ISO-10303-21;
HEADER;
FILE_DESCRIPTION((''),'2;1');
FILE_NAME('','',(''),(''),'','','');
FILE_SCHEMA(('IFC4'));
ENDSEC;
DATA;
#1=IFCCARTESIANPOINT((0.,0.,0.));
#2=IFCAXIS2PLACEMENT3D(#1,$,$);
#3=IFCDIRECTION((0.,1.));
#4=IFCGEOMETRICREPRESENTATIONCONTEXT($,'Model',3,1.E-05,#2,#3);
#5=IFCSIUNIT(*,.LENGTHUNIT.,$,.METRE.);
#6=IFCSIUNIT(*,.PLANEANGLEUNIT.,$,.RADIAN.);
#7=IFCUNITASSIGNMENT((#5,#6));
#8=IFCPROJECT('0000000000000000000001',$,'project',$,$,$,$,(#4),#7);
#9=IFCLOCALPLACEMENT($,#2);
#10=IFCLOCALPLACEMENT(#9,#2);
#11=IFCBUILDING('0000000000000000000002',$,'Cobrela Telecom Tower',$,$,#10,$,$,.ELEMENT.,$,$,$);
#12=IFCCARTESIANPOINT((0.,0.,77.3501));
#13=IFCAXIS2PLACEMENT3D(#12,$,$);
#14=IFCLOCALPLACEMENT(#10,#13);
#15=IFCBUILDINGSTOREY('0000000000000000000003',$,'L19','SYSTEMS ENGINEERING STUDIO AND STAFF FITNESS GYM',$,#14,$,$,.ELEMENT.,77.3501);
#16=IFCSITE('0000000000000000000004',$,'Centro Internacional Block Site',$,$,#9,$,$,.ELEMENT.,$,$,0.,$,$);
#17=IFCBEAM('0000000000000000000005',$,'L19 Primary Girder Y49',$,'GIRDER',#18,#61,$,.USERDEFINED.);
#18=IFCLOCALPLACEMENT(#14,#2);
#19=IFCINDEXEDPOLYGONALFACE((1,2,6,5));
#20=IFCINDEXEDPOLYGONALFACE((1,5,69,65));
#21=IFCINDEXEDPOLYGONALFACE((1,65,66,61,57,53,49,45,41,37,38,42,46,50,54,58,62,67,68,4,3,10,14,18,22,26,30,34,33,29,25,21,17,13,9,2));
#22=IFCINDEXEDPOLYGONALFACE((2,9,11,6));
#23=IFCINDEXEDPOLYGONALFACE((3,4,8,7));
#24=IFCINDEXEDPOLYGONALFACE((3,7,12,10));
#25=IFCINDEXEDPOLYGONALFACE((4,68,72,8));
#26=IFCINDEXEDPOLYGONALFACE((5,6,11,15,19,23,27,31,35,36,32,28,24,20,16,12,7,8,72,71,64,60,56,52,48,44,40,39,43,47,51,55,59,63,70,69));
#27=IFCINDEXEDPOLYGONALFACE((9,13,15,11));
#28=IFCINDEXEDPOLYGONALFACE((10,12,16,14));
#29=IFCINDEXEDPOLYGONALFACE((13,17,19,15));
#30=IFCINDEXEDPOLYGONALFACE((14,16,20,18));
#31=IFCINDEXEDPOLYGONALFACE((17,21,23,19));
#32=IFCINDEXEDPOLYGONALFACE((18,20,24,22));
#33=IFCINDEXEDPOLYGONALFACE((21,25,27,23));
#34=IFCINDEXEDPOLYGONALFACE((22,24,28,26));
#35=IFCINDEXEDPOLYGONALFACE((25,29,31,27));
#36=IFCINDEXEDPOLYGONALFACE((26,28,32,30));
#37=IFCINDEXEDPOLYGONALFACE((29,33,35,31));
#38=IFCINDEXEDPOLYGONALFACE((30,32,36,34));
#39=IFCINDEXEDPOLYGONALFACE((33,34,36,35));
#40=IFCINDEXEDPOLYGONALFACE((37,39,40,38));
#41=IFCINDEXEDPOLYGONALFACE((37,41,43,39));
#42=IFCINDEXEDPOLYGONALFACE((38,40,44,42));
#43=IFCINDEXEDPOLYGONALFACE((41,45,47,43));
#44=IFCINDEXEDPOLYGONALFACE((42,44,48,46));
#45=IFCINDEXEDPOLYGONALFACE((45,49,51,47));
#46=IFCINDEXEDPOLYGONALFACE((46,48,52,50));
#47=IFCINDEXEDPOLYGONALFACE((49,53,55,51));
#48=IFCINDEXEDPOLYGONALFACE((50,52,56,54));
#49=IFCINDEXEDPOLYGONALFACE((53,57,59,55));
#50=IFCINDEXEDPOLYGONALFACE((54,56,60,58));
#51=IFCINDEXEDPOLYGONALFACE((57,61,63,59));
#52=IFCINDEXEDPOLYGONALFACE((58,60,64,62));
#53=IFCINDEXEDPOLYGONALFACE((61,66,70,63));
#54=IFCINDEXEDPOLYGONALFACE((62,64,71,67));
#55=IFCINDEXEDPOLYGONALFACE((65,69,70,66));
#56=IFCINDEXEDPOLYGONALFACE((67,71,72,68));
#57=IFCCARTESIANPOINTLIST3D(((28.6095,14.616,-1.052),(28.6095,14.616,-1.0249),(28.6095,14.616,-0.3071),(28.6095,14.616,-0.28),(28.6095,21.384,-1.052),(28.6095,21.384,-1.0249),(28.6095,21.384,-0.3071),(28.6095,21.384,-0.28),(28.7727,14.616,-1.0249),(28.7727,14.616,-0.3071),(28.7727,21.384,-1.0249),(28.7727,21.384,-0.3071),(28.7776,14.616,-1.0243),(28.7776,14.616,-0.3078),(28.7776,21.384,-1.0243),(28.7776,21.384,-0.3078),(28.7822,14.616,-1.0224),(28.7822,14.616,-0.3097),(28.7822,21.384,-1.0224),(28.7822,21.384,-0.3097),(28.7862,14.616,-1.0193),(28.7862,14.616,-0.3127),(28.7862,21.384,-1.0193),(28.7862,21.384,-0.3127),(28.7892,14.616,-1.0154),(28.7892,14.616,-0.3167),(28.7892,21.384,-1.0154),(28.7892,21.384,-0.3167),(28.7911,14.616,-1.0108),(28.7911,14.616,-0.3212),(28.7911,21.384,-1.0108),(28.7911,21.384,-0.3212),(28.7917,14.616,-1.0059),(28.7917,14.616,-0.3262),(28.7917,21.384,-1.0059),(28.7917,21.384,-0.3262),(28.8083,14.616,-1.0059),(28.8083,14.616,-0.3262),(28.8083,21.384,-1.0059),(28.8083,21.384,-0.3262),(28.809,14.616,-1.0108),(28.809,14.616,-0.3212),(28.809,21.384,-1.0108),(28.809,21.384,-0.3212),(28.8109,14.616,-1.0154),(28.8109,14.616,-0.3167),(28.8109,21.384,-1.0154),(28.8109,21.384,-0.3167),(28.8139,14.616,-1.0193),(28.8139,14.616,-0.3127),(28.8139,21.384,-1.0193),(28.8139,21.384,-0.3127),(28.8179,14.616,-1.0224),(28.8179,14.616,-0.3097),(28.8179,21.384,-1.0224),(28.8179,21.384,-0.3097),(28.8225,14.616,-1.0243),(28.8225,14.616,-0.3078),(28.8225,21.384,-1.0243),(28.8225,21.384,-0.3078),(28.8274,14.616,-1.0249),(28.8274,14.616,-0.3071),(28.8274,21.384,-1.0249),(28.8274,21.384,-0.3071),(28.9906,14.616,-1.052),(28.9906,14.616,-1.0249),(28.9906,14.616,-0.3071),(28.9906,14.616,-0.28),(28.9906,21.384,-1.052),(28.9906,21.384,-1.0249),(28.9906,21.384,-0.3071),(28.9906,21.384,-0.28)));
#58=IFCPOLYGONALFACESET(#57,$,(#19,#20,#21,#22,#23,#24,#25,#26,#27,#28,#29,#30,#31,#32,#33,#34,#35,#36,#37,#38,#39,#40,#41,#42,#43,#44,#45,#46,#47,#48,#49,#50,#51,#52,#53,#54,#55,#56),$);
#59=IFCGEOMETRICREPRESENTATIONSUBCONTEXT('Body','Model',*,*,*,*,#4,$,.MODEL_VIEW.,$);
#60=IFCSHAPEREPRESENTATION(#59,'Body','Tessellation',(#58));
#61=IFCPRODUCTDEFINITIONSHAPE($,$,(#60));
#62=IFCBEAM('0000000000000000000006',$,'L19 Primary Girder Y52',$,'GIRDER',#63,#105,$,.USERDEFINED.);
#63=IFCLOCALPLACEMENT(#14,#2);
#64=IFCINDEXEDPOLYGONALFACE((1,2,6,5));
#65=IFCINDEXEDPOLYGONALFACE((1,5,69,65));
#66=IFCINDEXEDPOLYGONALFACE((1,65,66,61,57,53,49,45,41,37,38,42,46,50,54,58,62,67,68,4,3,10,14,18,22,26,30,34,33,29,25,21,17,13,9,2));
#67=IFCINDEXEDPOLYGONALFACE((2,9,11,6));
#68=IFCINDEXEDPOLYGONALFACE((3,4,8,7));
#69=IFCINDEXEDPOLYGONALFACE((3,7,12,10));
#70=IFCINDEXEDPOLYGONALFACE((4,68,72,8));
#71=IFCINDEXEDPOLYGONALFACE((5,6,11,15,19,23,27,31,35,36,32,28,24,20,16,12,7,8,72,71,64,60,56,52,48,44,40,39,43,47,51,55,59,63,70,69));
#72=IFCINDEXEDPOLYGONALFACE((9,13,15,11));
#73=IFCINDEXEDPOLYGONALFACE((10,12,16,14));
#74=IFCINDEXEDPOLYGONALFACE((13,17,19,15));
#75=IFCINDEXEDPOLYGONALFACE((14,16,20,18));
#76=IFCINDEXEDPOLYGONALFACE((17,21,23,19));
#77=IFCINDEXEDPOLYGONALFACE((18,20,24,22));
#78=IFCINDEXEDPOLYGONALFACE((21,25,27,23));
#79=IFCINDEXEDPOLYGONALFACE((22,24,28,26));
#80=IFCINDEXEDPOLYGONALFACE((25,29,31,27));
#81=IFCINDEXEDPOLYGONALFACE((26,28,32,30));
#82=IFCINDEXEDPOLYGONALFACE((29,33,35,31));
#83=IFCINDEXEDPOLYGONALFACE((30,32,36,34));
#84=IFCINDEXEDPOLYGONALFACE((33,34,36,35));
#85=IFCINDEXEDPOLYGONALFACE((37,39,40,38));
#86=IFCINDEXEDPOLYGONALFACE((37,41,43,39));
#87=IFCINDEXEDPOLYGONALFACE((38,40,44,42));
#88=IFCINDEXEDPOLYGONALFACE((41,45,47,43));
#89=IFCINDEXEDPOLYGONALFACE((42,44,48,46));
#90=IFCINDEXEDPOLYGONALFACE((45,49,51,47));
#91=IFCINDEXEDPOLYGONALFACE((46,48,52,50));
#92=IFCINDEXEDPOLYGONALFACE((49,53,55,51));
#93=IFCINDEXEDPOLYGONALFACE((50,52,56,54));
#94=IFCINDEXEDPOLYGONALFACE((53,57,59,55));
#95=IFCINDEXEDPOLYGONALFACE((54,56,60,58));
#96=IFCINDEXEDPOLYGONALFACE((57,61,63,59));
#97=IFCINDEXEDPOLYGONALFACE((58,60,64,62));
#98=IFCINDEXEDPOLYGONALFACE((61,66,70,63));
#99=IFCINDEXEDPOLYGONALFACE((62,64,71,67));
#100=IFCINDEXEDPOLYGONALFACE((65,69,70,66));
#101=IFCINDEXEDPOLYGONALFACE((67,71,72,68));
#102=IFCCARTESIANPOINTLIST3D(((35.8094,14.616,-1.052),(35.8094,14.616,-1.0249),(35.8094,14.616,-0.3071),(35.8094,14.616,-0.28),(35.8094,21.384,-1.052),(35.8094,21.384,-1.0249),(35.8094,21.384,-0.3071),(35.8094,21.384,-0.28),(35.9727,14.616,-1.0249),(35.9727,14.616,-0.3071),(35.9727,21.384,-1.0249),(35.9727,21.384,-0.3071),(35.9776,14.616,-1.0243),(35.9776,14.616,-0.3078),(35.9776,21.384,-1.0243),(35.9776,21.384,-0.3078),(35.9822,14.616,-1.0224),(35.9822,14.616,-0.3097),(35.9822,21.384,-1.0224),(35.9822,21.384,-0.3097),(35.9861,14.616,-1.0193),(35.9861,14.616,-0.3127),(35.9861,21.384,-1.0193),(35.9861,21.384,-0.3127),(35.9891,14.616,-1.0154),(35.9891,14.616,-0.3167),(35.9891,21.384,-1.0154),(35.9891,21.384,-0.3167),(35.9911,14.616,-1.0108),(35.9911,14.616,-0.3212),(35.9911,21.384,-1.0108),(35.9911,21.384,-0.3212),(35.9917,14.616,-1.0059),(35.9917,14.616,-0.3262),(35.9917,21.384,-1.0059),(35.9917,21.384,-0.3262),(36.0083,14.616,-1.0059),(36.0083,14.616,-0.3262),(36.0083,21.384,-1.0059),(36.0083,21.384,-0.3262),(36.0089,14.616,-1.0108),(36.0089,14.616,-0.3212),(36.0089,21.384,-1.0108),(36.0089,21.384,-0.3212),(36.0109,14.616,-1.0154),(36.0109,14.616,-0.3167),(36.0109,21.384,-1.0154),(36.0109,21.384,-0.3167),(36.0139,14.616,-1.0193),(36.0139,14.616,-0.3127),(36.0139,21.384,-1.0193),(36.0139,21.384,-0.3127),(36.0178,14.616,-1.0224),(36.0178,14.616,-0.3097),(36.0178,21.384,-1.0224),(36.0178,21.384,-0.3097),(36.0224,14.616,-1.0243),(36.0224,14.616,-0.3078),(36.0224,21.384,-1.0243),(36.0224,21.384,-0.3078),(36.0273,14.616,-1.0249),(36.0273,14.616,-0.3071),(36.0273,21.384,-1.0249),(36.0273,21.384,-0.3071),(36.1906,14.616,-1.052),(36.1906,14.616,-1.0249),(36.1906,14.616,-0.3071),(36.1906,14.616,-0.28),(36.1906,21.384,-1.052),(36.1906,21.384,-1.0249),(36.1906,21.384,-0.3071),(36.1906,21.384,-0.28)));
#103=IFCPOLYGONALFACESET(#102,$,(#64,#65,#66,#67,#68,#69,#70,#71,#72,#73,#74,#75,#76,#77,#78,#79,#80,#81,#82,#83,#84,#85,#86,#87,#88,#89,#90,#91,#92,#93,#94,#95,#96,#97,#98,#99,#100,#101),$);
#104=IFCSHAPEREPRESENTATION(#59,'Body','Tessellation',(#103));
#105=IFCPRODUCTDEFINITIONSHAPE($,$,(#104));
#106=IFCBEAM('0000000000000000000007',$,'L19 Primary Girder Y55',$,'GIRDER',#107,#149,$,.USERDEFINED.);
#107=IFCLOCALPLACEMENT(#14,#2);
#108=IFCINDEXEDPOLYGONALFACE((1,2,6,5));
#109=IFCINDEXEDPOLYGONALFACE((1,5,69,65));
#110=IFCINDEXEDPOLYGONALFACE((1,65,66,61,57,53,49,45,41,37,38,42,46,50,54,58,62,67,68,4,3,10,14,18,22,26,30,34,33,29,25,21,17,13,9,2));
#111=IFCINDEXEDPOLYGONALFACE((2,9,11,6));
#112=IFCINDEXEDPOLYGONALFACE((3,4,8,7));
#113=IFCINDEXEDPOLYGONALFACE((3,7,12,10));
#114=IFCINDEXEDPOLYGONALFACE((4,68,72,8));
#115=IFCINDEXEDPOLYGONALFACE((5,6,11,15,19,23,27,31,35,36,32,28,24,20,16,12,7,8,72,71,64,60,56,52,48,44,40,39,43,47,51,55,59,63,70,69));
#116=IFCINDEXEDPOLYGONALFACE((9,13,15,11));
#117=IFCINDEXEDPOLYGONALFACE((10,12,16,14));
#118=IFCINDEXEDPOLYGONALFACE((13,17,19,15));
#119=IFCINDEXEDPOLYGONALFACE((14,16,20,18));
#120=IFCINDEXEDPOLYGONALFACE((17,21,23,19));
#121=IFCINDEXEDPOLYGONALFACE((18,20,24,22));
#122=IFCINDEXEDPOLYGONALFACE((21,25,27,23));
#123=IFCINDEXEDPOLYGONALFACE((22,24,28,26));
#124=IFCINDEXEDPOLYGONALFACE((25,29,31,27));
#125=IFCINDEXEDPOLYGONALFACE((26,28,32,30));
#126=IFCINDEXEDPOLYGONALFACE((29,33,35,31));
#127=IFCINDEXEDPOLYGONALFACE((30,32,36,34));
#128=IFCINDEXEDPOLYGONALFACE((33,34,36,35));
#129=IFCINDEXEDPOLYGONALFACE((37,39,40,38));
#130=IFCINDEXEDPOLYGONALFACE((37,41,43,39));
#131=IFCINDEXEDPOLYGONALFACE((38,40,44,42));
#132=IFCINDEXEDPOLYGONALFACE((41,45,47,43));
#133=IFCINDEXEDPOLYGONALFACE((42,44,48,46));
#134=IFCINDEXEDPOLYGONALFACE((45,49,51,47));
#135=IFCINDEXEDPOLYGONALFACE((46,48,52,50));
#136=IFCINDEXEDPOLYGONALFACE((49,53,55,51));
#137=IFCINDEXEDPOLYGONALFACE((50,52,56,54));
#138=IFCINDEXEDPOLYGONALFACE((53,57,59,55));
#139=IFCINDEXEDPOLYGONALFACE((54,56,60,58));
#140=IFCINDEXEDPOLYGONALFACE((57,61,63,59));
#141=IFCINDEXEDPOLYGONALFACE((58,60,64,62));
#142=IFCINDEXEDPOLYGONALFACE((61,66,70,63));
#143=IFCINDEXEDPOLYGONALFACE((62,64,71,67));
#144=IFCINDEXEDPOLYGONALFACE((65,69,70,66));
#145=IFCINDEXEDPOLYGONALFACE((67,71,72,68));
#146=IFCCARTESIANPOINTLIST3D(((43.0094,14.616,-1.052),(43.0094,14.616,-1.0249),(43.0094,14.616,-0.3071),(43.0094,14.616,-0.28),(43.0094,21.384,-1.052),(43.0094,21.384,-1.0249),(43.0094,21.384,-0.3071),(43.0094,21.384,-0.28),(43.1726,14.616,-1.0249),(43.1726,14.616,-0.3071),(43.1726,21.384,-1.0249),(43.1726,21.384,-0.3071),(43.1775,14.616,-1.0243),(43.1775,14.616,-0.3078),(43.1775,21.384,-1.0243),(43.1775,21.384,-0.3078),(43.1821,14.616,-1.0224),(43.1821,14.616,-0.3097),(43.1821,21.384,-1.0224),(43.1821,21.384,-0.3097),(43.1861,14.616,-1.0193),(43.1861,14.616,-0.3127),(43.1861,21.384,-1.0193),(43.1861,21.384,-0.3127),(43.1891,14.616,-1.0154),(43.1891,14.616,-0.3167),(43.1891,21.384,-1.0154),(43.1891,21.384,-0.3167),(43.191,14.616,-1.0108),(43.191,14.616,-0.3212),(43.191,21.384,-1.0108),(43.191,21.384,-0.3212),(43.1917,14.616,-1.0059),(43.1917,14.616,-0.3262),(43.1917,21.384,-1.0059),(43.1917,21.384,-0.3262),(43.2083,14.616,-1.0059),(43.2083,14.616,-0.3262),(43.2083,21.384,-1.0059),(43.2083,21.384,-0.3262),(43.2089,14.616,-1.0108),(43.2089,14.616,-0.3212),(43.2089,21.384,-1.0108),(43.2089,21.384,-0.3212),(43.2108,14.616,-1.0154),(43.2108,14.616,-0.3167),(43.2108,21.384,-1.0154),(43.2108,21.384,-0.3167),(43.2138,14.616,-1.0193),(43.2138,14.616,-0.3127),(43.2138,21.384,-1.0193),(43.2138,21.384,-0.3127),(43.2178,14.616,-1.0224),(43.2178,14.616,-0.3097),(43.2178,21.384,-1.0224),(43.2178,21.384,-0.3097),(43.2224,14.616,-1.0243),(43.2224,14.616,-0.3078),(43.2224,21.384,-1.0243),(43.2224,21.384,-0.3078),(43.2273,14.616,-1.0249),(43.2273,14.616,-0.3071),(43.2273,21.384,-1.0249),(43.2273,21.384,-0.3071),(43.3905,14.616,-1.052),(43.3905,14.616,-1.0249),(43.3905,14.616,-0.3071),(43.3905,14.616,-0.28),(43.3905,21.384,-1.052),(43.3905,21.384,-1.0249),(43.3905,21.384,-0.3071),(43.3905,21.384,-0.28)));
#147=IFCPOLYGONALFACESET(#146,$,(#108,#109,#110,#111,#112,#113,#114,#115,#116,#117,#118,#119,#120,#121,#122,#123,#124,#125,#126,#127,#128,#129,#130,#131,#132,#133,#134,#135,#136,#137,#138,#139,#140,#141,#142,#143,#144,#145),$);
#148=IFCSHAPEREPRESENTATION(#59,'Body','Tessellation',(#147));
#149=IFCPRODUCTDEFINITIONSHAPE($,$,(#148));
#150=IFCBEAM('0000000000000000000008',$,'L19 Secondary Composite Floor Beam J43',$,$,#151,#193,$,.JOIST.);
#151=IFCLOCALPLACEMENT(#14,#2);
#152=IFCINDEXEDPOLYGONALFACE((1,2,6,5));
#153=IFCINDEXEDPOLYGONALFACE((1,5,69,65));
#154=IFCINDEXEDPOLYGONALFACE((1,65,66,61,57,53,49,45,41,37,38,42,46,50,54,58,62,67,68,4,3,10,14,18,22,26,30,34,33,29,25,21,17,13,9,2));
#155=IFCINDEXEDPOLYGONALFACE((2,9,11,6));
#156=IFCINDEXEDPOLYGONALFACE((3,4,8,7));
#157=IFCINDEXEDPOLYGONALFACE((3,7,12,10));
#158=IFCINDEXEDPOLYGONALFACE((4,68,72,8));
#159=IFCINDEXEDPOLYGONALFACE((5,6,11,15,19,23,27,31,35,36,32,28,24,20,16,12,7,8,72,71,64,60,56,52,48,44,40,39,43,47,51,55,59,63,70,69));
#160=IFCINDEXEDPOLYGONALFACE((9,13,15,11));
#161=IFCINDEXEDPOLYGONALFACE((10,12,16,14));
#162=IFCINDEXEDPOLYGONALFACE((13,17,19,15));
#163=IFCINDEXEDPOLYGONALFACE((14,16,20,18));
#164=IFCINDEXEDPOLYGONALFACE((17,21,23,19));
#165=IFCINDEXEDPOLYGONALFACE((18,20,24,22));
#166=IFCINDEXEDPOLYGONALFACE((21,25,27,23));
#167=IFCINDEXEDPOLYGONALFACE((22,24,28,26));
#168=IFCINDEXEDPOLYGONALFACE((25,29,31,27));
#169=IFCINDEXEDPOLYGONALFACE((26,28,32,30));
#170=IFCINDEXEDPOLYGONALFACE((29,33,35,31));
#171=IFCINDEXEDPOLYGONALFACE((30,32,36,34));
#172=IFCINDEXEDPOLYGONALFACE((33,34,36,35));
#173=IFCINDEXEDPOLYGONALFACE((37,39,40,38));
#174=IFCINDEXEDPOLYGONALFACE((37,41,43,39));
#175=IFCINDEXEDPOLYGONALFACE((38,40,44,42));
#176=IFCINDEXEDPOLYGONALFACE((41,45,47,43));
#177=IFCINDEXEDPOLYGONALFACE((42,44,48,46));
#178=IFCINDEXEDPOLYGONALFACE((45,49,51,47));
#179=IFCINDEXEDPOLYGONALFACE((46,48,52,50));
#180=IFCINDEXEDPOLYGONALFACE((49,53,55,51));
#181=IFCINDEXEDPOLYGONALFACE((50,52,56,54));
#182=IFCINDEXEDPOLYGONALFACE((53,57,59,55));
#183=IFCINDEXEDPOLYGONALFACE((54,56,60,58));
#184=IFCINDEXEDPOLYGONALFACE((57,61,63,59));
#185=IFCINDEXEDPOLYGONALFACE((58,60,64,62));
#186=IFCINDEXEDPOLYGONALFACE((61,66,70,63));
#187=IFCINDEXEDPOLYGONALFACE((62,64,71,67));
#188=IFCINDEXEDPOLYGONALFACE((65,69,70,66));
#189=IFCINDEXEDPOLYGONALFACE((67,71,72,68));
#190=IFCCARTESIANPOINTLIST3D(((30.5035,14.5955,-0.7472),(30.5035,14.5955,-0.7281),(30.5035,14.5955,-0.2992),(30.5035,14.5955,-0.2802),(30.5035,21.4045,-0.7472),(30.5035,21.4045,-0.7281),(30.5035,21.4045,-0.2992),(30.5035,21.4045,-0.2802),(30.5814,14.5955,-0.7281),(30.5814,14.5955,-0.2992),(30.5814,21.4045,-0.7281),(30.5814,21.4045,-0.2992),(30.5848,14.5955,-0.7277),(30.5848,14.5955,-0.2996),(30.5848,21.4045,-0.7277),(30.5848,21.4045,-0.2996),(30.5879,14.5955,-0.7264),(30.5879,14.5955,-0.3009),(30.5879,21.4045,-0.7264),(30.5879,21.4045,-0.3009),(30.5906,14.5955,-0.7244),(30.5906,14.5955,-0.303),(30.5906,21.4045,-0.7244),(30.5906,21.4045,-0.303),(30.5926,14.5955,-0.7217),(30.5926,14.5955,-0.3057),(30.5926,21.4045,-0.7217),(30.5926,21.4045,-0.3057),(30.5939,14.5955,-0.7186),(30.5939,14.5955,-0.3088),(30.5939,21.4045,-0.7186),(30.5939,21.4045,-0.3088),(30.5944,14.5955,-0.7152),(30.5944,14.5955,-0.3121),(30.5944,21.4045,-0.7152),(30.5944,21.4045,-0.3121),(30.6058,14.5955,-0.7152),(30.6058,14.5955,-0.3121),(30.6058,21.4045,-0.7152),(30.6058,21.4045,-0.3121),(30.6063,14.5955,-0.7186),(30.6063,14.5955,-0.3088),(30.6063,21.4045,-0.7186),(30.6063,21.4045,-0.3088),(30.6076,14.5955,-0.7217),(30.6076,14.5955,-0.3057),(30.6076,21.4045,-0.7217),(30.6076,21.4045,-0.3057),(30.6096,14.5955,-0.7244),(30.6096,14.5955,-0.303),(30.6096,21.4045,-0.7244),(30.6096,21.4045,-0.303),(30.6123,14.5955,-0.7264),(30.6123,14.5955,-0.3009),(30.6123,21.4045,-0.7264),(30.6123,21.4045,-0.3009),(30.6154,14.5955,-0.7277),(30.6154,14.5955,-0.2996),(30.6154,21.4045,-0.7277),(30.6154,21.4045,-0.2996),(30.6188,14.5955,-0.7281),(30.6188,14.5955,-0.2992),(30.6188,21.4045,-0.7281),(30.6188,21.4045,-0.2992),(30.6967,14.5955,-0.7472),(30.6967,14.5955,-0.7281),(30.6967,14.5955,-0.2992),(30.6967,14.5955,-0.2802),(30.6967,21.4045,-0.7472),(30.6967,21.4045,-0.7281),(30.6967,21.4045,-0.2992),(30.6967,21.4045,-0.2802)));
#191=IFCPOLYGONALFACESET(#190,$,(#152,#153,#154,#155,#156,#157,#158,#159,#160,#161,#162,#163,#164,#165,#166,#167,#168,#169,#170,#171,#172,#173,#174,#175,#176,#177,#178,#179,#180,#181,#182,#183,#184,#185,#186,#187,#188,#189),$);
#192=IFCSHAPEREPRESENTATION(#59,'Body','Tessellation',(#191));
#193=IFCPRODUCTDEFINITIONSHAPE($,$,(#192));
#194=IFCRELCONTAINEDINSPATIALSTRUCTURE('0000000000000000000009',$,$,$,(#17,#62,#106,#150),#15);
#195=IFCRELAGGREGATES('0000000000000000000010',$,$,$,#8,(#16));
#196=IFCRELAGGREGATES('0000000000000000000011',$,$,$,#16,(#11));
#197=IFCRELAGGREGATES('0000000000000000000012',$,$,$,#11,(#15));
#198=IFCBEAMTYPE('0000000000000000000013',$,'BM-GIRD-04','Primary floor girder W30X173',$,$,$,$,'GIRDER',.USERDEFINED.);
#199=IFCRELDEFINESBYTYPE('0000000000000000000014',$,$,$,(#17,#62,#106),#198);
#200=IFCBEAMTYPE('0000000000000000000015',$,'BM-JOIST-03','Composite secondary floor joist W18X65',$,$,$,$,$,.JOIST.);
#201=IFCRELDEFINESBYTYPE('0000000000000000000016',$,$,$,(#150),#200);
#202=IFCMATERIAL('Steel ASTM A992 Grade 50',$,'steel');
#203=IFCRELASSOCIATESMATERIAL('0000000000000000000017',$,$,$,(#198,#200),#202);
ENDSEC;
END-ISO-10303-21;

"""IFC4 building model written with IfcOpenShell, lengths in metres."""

from ifc_helpers import new_model, si_unit, direction, frame, origin, origin_2d, place, context, subcontext, project, spatial, i_section, extrude, material, material_profile, profile_set, type_object, element, save


model = new_model("IFC4")

# Units and contexts
model_context = context("Model", 3, precision=1e-05, world=origin(), true_north=direction((0.0, 1.0)))
body_context = subcontext(model_context, "Body", "Model", "MODEL_VIEW")
ifc_project = project(units=[si_unit("LENGTHUNIT", "METRE"), si_unit("PLANEANGLEUNIT", "RADIAN")], contexts=[model_context])

# Site, building, storey
site_placement = place(None, origin())
site = spatial("IfcSite", under=ifc_project, at=site_placement, Name="Centro Internacional Block Site", CompositionType="ELEMENT", RefElevation=0.0)
building_placement = place(site_placement, origin())
building = spatial("IfcBuilding", under=site, at=building_placement, Name="Cobrela Telecom Tower", CompositionType="ELEMENT")
storey_placement = place(building_placement, frame((0.0, 0.0, 77.3501)))
storey = spatial("IfcBuildingStorey", under=building, at=storey_placement, Name="L19", Description="SYSTEMS ENGINEERING STUDIO AND STAFF FITNESS GYM", CompositionType="ELEMENT", Elevation=77.3501)

# Shared definitions
ifc_material_1 = material(Name="Steel ASTM A992 Grade 50", Category="steel")

# Beams
ifc_material_profile_1 = material_profile(ifc_material_1, i_section(OverallWidth=0.3811, OverallDepth=0.772, WebThickness=0.0166, FlangeThickness=0.0271, FilletRadius=0.019, at=origin_2d()), Name="W30X173")
ifc_profile_set_1 = profile_set([ifc_material_profile_1], Name="Steel ASTM A992 Grade 50")
beam_type_1 = type_object("IfcBeamType", Name="BM-GIRD-04", Description="Primary floor girder W30X173", ElementType="GIRDER", PredefinedType="USERDEFINED", material=ifc_profile_set_1)
for number, where, z_axis, x_axis, name in (
    (1, (28.8, 14.616, -0.666), (0.0, 1.0, 0.0), (-1.0, 0.0, 0.0), "L19 Primary Girder Y49"),
    (2, (36.0, 14.616, -0.666), (0.0, 1.0, 0.0), (-1.0, 0.0, 0.0), "L19 Primary Girder Y52"),
    (3, (43.2, 14.616, -0.666), (0.0, 1.0, 0.0), (-1.0, 0.0, 0.0), "L19 Primary Girder Y55"),
):
    element("IfcBeam", number, at=place(storey_placement, frame(where, z_axis=z_axis, x_axis=x_axis)), inside=storey, type_object=beam_type_1, Name=name, ObjectType="GIRDER", PredefinedType="USERDEFINED", context=body_context, shape_type="SweptSolid", body=[
        extrude(i_section(OverallWidth=0.3811, OverallDepth=0.772, WebThickness=0.0166, FlangeThickness=0.0271, FilletRadius=0.019, at=origin_2d()), origin(), (0.0, 0.0, 1.0), 6.7681),
    ])
ifc_material_profile_2 = material_profile(ifc_material_1, i_section(OverallWidth=0.1931, OverallDepth=0.467, WebThickness=0.0115, FlangeThickness=0.019, FilletRadius=0.0129, at=origin_2d()), Name="W18X65")
ifc_profile_set_2 = profile_set([ifc_material_profile_2], Name="Steel ASTM A992 Grade 50")
beam_type_2 = type_object("IfcBeamType", Name="BM-JOIST-03", Description="Composite secondary floor joist W18X65", PredefinedType="JOIST", material=ifc_profile_set_2)
for number, where, z_axis, x_axis, name in (
    (4, (30.6001, 14.5955, -0.5137), (0.0, 1.0, 0.0), (-1.0, 0.0, 0.0), "L19 Secondary Composite Floor Beam J43"),
):
    element("IfcBeam", number, at=place(storey_placement, frame(where, z_axis=z_axis, x_axis=x_axis)), inside=storey, type_object=beam_type_2, Name=name, PredefinedType="JOIST", context=body_context, shape_type="SweptSolid", body=[
        extrude(i_section(OverallWidth=0.1931, OverallDepth=0.467, WebThickness=0.0115, FlangeThickness=0.019, FilletRadius=0.0129, at=origin_2d()), origin(), (0.0, 0.0, 1.0), 6.8091),
    ])

save(model, "model.ifc")
